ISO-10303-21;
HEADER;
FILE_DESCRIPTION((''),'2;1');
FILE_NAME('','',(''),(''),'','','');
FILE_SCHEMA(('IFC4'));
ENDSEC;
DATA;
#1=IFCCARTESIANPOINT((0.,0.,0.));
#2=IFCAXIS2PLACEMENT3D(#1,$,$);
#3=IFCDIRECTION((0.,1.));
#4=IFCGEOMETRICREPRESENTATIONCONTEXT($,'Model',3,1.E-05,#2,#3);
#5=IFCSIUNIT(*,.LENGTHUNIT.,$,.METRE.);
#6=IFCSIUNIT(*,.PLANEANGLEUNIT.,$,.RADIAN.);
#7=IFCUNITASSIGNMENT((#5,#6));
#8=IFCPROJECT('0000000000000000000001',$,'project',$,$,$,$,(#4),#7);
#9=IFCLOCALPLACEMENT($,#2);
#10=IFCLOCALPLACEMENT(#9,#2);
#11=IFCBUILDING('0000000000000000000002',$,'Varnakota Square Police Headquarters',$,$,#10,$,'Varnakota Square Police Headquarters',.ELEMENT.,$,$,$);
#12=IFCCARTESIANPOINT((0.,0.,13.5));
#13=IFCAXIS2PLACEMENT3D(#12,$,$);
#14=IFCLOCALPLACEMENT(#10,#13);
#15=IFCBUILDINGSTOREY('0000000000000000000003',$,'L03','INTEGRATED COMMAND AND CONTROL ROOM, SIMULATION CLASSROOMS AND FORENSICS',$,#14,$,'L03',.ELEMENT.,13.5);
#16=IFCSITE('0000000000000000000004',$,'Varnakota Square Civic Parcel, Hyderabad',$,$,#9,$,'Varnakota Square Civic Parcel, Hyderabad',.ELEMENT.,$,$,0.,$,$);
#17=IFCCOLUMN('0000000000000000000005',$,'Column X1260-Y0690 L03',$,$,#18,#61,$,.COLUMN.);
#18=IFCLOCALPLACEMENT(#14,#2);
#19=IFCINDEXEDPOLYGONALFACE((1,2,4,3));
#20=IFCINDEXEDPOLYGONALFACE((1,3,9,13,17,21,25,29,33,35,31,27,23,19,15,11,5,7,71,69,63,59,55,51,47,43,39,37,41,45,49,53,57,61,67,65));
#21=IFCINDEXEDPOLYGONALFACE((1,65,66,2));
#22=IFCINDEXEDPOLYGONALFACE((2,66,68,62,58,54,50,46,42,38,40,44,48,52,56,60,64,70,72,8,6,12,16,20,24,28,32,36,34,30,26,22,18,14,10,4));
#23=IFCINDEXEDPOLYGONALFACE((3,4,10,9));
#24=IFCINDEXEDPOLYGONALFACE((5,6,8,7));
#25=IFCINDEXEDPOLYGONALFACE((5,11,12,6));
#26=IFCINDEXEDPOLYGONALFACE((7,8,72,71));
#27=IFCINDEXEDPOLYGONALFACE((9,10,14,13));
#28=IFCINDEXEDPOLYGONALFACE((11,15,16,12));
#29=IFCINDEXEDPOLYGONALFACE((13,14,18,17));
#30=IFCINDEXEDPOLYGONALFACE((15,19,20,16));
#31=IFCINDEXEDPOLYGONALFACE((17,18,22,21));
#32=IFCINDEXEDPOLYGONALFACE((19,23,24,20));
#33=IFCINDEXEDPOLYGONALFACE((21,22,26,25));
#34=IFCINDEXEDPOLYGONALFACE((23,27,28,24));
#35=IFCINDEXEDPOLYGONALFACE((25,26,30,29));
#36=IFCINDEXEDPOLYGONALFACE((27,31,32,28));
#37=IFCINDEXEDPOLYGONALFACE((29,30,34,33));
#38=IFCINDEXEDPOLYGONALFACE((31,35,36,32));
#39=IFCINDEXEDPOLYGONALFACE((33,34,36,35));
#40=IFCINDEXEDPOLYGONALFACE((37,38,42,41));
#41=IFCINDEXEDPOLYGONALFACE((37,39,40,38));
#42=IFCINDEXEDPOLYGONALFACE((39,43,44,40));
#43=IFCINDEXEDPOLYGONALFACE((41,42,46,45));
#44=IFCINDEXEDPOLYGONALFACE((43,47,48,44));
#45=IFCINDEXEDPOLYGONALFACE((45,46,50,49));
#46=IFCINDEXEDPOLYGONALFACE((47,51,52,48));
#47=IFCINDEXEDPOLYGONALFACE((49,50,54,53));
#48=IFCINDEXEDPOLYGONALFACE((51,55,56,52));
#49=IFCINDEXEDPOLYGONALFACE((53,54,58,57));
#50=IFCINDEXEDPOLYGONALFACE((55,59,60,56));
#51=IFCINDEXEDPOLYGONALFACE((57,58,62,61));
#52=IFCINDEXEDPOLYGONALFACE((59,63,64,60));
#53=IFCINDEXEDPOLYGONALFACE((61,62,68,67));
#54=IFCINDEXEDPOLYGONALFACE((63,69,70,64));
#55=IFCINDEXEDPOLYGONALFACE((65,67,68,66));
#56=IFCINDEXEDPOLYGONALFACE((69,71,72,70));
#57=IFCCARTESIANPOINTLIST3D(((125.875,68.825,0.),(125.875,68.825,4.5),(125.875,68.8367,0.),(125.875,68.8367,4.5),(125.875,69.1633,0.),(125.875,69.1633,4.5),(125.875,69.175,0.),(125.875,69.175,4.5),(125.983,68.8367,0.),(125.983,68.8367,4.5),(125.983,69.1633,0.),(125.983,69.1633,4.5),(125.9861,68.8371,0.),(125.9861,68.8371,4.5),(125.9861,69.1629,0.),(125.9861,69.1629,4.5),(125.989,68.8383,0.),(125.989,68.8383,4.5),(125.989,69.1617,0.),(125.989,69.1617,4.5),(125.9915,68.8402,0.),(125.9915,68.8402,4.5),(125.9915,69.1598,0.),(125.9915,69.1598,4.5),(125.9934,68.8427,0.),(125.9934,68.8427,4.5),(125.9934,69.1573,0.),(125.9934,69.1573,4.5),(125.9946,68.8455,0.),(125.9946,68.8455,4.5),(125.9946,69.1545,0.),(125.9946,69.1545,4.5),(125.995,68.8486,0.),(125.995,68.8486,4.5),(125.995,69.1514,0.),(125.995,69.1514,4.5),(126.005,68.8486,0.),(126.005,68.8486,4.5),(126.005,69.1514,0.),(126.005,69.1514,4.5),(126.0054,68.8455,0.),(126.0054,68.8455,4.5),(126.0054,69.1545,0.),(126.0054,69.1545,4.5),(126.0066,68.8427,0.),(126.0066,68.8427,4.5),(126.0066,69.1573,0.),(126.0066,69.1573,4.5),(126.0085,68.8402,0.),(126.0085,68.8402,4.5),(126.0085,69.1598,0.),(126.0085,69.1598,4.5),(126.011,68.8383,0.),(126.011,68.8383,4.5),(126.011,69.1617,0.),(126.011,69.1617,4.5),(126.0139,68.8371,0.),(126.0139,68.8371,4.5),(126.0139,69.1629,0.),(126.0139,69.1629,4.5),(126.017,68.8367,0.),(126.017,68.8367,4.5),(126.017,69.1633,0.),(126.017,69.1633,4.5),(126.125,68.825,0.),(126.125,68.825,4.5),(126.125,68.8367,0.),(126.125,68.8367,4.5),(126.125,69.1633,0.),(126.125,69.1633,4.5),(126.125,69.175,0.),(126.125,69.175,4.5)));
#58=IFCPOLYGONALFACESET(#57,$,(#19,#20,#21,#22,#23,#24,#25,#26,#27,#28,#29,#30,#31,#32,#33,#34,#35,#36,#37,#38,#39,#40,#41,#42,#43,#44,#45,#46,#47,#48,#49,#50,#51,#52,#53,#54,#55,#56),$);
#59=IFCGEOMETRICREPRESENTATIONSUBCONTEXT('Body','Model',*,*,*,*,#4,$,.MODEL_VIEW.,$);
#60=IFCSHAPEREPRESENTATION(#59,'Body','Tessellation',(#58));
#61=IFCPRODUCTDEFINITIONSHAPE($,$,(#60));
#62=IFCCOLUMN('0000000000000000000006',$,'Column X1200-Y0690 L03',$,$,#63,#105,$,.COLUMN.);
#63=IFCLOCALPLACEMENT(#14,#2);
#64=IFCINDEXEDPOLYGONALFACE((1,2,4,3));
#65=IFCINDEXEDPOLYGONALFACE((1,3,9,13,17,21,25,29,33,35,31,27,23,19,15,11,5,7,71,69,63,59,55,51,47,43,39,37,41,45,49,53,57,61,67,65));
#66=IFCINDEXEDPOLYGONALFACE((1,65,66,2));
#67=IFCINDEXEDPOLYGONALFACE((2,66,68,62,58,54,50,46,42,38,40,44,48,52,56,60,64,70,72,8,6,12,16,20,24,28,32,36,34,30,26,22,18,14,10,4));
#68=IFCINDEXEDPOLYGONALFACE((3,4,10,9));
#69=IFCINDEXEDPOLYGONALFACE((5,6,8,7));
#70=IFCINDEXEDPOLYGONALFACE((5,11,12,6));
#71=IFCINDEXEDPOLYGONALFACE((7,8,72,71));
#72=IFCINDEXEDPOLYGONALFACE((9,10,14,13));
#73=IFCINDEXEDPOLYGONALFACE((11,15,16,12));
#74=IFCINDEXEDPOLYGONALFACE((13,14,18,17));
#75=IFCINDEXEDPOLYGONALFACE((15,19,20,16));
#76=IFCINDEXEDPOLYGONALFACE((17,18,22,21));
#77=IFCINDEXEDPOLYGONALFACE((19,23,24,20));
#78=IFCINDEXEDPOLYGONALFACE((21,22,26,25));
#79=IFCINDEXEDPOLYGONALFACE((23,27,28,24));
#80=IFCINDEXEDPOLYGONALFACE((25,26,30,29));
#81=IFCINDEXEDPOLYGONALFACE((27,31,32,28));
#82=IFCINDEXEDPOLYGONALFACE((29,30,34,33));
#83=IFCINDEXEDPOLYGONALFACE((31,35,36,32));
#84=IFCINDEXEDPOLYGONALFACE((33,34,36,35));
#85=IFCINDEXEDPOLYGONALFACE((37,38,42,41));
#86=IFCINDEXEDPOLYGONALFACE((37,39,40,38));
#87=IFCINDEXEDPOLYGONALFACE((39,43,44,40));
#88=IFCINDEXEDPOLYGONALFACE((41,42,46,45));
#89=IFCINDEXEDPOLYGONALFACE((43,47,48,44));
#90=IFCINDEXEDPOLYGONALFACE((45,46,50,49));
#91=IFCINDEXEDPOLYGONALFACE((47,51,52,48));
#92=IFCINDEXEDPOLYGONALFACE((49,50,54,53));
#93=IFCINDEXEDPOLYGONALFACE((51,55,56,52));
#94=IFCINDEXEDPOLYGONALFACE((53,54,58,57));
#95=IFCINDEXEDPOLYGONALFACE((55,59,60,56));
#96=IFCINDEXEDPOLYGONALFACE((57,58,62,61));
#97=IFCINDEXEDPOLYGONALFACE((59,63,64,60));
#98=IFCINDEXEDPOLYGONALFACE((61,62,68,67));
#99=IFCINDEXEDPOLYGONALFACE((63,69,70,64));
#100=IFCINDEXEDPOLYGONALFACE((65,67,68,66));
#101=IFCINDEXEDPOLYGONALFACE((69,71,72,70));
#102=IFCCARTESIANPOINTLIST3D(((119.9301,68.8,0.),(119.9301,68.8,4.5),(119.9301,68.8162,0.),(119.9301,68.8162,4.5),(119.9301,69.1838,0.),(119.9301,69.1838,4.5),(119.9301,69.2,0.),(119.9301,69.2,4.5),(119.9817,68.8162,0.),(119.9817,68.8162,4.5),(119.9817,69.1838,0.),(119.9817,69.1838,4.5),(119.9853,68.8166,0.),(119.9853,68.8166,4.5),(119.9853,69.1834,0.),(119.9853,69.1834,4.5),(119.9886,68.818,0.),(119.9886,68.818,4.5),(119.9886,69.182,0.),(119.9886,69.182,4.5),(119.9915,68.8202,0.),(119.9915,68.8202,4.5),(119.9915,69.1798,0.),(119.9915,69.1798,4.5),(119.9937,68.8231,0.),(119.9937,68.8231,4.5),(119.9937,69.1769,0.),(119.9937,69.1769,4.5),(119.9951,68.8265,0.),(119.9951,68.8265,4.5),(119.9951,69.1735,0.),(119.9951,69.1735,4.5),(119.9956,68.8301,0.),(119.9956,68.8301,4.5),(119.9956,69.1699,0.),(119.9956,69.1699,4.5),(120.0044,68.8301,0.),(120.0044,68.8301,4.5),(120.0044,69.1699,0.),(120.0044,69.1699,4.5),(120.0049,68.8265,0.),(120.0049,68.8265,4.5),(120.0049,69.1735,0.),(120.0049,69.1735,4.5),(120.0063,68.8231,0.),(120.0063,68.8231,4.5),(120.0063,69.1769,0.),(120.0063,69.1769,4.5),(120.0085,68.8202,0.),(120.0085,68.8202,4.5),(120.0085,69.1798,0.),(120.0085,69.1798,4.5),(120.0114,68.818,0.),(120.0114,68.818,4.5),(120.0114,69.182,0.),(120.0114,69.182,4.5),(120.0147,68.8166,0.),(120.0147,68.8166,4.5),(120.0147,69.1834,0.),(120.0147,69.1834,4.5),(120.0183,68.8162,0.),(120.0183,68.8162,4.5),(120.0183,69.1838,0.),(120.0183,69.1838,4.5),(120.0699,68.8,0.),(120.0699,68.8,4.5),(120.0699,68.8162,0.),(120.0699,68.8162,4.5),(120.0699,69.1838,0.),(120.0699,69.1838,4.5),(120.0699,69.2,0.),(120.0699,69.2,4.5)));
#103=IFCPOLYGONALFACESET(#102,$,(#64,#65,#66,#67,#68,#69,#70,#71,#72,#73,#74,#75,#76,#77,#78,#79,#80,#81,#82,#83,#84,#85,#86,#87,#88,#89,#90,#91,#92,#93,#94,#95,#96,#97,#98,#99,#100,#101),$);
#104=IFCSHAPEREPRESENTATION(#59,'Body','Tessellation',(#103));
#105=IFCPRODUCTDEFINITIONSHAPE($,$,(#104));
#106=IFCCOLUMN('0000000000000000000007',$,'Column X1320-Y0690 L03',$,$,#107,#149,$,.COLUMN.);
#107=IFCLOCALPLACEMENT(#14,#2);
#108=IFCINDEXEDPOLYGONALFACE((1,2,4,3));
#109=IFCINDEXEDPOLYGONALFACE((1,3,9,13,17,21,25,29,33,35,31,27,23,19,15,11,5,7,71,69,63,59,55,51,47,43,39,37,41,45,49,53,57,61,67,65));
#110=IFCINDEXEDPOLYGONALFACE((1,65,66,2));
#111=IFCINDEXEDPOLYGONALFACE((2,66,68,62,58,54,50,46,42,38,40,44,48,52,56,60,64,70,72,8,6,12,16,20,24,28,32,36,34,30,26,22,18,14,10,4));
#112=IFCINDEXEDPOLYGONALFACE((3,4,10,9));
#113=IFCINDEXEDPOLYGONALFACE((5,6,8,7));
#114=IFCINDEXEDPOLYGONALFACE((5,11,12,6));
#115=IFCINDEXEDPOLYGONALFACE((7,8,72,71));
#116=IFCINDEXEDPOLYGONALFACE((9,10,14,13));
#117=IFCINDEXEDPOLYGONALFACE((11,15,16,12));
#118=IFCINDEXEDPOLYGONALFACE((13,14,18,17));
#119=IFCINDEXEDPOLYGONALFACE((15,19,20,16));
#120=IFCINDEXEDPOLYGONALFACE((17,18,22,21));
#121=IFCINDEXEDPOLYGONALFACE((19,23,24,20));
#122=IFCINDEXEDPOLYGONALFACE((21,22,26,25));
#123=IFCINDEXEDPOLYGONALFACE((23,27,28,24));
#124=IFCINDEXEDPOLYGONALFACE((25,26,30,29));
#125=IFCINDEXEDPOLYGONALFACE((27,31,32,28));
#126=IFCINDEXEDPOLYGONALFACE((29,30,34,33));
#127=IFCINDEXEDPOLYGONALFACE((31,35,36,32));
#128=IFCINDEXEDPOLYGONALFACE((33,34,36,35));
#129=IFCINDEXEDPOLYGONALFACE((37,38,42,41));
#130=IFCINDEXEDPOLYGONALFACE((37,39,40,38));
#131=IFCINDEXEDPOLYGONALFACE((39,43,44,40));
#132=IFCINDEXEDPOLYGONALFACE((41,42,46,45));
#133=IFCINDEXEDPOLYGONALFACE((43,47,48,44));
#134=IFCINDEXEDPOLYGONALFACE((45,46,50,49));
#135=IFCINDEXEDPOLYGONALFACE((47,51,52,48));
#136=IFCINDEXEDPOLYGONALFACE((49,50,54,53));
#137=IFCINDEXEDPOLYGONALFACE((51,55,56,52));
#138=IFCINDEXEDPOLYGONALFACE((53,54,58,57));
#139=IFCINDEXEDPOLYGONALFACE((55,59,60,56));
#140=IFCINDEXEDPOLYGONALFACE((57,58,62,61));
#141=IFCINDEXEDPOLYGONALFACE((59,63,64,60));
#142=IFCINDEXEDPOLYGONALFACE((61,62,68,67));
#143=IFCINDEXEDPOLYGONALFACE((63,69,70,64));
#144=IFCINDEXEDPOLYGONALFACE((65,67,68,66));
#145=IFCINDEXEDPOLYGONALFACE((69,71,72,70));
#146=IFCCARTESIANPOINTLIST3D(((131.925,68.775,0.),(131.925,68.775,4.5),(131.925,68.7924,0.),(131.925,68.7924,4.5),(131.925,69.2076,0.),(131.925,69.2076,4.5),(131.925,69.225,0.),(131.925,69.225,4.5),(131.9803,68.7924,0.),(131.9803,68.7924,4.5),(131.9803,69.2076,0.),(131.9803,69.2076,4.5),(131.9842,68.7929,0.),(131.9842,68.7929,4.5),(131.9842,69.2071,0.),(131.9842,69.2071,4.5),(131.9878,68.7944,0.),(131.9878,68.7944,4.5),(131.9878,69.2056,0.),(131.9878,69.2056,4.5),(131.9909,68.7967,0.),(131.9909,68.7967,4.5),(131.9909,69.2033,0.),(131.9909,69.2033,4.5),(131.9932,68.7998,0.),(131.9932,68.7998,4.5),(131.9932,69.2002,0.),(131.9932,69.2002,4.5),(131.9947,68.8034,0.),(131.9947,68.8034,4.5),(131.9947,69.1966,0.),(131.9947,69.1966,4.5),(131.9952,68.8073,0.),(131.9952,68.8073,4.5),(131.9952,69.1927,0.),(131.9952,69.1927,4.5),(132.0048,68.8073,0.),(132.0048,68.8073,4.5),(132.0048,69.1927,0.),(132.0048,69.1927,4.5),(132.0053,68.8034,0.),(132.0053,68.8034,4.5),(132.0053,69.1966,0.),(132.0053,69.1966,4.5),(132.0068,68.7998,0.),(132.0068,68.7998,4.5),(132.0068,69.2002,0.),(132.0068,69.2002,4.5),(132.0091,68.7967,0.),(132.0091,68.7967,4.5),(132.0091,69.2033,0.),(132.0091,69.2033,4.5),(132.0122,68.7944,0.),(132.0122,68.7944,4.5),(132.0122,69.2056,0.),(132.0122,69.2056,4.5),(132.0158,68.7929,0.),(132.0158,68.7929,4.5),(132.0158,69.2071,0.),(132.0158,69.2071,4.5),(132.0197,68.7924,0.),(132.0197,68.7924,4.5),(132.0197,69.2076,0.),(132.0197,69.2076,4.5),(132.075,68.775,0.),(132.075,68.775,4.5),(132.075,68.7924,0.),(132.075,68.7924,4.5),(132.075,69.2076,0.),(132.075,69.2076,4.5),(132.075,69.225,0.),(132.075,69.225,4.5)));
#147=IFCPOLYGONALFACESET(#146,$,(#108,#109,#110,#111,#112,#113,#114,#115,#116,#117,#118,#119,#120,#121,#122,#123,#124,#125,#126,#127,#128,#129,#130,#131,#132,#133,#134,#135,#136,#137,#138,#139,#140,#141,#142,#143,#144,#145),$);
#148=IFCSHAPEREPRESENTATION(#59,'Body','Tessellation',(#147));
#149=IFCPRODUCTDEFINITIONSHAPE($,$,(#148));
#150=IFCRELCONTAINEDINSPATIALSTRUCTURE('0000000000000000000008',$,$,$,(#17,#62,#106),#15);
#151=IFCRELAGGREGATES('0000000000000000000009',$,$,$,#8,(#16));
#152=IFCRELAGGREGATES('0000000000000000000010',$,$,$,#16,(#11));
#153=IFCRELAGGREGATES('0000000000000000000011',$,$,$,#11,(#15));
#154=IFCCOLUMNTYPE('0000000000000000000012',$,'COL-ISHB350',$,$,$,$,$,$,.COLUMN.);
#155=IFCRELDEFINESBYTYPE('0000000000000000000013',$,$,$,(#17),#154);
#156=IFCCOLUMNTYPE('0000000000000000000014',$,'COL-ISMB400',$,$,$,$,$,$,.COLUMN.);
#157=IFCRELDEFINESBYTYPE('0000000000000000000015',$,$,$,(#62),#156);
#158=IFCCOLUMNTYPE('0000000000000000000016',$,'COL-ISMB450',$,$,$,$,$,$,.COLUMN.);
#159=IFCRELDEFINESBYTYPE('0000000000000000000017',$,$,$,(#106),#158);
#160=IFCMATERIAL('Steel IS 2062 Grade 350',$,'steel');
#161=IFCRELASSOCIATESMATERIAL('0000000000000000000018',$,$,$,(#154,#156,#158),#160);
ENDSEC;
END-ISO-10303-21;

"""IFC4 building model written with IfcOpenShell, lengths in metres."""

from ifc_helpers import new_model, si_unit, direction, frame, origin, origin_2d, place, context, subcontext, project, spatial, i_section, extrude, material, material_profile, profile_set, type_object, element, save


model = new_model("IFC4")

# Units and contexts
model_context = context("Model", 3, precision=1e-05, world=origin(), true_north=direction((0.0, 1.0)))
body_context = subcontext(model_context, "Body", "Model", "MODEL_VIEW")
ifc_project = project(units=[si_unit("LENGTHUNIT", "METRE"), si_unit("PLANEANGLEUNIT", "RADIAN")], contexts=[model_context])

# Site, building, storey
site_placement = place(None, origin())
site = spatial("IfcSite", under=ifc_project, at=site_placement, Name="Varnakota Square Civic Parcel, Hyderabad", LongName="Varnakota Square Civic Parcel, Hyderabad", CompositionType="ELEMENT", RefElevation=0.0)
building_placement = place(site_placement, origin())
building = spatial("IfcBuilding", under=site, at=building_placement, Name="Varnakota Square Police Headquarters", LongName="Varnakota Square Police Headquarters", CompositionType="ELEMENT")
storey_placement = place(building_placement, frame((0.0, 0.0, 13.5)))
storey = spatial("IfcBuildingStorey", under=building, at=storey_placement, Name="L03", Description="INTEGRATED COMMAND AND CONTROL ROOM, SIMULATION CLASSROOMS AND FORENSICS", LongName="L03", CompositionType="ELEMENT", Elevation=13.5)

# Columns
ifc_material_1 = material(Name="Steel IS 2062 Grade 350", Category="steel")
ifc_material_profile_1 = material_profile(ifc_material_1, i_section(OverallWidth=0.25, OverallDepth=0.3501, WebThickness=0.01, FlangeThickness=0.0117, FilletRadius=0.012, at=origin_2d()), Name="ISHB 350")
ifc_profile_set_1 = profile_set([ifc_material_profile_1], Name="Steel IS 2062 Grade 350")
column_type_1 = type_object("IfcColumnType", Name="COL-ISHB350", PredefinedType="COLUMN", material=ifc_profile_set_1)
column_1_placement = place(storey_placement, frame((126.0, 69.0, 0.0), z_axis=(0.0, 0.0, 1.0), x_axis=(1.0, 0.0, 0.0)))
element("IfcColumn", 1, at=column_1_placement, inside=storey, type_object=column_type_1, Name="Column X1260-Y0690 L03", PredefinedType="COLUMN", context=body_context, shape_type="SweptSolid", body=[
    extrude(i_section(OverallWidth=0.25, OverallDepth=0.3501, WebThickness=0.01, FlangeThickness=0.0117, FilletRadius=0.012, at=origin_2d()), origin(), (0.0, 0.0, 1.0), 4.5),
])
ifc_material_profile_2 = material_profile(ifc_material_1, i_section(OverallWidth=0.1399, OverallDepth=0.3999, WebThickness=0.0088, FlangeThickness=0.0161, FilletRadius=0.0139, at=origin_2d()), Name="ISMB 400")
ifc_profile_set_2 = profile_set([ifc_material_profile_2], Name="Steel IS 2062 Grade 350")
column_type_2 = type_object("IfcColumnType", Name="COL-ISMB400", PredefinedType="COLUMN", material=ifc_profile_set_2)
column_2_placement = place(storey_placement, frame((120.0, 69.0, 0.0), z_axis=(0.0, 0.0, 1.0), x_axis=(1.0, 0.0, 0.0)))
element("IfcColumn", 2, at=column_2_placement, inside=storey, type_object=column_type_2, Name="Column X1200-Y0690 L03", PredefinedType="COLUMN", context=body_context, shape_type="SweptSolid", body=[
    extrude(i_section(OverallWidth=0.1399, OverallDepth=0.3999, WebThickness=0.0088, FlangeThickness=0.0161, FilletRadius=0.0139, at=origin_2d()), origin(), (0.0, 0.0, 1.0), 4.5),
])
ifc_material_profile_3 = material_profile(ifc_material_1, i_section(OverallWidth=0.1499, OverallDepth=0.45, WebThickness=0.0095, FlangeThickness=0.0173, FilletRadius=0.0149, at=origin_2d()), Name="ISMB 450")
ifc_profile_set_3 = profile_set([ifc_material_profile_3], Name="Steel IS 2062 Grade 350")
column_type_3 = type_object("IfcColumnType", Name="COL-ISMB450", PredefinedType="COLUMN", material=ifc_profile_set_3)
column_3_placement = place(storey_placement, frame((132.0, 69.0, 0.0), z_axis=(0.0, 0.0, 1.0), x_axis=(1.0, 0.0, 0.0)))
element("IfcColumn", 3, at=column_3_placement, inside=storey, type_object=column_type_3, Name="Column X1320-Y0690 L03", PredefinedType="COLUMN", context=body_context, shape_type="SweptSolid", body=[
    extrude(i_section(OverallWidth=0.1499, OverallDepth=0.45, WebThickness=0.0095, FlangeThickness=0.0173, FilletRadius=0.0149, at=origin_2d()), origin(), (0.0, 0.0, 1.0), 4.5),
])

save(model, "model.ifc")
